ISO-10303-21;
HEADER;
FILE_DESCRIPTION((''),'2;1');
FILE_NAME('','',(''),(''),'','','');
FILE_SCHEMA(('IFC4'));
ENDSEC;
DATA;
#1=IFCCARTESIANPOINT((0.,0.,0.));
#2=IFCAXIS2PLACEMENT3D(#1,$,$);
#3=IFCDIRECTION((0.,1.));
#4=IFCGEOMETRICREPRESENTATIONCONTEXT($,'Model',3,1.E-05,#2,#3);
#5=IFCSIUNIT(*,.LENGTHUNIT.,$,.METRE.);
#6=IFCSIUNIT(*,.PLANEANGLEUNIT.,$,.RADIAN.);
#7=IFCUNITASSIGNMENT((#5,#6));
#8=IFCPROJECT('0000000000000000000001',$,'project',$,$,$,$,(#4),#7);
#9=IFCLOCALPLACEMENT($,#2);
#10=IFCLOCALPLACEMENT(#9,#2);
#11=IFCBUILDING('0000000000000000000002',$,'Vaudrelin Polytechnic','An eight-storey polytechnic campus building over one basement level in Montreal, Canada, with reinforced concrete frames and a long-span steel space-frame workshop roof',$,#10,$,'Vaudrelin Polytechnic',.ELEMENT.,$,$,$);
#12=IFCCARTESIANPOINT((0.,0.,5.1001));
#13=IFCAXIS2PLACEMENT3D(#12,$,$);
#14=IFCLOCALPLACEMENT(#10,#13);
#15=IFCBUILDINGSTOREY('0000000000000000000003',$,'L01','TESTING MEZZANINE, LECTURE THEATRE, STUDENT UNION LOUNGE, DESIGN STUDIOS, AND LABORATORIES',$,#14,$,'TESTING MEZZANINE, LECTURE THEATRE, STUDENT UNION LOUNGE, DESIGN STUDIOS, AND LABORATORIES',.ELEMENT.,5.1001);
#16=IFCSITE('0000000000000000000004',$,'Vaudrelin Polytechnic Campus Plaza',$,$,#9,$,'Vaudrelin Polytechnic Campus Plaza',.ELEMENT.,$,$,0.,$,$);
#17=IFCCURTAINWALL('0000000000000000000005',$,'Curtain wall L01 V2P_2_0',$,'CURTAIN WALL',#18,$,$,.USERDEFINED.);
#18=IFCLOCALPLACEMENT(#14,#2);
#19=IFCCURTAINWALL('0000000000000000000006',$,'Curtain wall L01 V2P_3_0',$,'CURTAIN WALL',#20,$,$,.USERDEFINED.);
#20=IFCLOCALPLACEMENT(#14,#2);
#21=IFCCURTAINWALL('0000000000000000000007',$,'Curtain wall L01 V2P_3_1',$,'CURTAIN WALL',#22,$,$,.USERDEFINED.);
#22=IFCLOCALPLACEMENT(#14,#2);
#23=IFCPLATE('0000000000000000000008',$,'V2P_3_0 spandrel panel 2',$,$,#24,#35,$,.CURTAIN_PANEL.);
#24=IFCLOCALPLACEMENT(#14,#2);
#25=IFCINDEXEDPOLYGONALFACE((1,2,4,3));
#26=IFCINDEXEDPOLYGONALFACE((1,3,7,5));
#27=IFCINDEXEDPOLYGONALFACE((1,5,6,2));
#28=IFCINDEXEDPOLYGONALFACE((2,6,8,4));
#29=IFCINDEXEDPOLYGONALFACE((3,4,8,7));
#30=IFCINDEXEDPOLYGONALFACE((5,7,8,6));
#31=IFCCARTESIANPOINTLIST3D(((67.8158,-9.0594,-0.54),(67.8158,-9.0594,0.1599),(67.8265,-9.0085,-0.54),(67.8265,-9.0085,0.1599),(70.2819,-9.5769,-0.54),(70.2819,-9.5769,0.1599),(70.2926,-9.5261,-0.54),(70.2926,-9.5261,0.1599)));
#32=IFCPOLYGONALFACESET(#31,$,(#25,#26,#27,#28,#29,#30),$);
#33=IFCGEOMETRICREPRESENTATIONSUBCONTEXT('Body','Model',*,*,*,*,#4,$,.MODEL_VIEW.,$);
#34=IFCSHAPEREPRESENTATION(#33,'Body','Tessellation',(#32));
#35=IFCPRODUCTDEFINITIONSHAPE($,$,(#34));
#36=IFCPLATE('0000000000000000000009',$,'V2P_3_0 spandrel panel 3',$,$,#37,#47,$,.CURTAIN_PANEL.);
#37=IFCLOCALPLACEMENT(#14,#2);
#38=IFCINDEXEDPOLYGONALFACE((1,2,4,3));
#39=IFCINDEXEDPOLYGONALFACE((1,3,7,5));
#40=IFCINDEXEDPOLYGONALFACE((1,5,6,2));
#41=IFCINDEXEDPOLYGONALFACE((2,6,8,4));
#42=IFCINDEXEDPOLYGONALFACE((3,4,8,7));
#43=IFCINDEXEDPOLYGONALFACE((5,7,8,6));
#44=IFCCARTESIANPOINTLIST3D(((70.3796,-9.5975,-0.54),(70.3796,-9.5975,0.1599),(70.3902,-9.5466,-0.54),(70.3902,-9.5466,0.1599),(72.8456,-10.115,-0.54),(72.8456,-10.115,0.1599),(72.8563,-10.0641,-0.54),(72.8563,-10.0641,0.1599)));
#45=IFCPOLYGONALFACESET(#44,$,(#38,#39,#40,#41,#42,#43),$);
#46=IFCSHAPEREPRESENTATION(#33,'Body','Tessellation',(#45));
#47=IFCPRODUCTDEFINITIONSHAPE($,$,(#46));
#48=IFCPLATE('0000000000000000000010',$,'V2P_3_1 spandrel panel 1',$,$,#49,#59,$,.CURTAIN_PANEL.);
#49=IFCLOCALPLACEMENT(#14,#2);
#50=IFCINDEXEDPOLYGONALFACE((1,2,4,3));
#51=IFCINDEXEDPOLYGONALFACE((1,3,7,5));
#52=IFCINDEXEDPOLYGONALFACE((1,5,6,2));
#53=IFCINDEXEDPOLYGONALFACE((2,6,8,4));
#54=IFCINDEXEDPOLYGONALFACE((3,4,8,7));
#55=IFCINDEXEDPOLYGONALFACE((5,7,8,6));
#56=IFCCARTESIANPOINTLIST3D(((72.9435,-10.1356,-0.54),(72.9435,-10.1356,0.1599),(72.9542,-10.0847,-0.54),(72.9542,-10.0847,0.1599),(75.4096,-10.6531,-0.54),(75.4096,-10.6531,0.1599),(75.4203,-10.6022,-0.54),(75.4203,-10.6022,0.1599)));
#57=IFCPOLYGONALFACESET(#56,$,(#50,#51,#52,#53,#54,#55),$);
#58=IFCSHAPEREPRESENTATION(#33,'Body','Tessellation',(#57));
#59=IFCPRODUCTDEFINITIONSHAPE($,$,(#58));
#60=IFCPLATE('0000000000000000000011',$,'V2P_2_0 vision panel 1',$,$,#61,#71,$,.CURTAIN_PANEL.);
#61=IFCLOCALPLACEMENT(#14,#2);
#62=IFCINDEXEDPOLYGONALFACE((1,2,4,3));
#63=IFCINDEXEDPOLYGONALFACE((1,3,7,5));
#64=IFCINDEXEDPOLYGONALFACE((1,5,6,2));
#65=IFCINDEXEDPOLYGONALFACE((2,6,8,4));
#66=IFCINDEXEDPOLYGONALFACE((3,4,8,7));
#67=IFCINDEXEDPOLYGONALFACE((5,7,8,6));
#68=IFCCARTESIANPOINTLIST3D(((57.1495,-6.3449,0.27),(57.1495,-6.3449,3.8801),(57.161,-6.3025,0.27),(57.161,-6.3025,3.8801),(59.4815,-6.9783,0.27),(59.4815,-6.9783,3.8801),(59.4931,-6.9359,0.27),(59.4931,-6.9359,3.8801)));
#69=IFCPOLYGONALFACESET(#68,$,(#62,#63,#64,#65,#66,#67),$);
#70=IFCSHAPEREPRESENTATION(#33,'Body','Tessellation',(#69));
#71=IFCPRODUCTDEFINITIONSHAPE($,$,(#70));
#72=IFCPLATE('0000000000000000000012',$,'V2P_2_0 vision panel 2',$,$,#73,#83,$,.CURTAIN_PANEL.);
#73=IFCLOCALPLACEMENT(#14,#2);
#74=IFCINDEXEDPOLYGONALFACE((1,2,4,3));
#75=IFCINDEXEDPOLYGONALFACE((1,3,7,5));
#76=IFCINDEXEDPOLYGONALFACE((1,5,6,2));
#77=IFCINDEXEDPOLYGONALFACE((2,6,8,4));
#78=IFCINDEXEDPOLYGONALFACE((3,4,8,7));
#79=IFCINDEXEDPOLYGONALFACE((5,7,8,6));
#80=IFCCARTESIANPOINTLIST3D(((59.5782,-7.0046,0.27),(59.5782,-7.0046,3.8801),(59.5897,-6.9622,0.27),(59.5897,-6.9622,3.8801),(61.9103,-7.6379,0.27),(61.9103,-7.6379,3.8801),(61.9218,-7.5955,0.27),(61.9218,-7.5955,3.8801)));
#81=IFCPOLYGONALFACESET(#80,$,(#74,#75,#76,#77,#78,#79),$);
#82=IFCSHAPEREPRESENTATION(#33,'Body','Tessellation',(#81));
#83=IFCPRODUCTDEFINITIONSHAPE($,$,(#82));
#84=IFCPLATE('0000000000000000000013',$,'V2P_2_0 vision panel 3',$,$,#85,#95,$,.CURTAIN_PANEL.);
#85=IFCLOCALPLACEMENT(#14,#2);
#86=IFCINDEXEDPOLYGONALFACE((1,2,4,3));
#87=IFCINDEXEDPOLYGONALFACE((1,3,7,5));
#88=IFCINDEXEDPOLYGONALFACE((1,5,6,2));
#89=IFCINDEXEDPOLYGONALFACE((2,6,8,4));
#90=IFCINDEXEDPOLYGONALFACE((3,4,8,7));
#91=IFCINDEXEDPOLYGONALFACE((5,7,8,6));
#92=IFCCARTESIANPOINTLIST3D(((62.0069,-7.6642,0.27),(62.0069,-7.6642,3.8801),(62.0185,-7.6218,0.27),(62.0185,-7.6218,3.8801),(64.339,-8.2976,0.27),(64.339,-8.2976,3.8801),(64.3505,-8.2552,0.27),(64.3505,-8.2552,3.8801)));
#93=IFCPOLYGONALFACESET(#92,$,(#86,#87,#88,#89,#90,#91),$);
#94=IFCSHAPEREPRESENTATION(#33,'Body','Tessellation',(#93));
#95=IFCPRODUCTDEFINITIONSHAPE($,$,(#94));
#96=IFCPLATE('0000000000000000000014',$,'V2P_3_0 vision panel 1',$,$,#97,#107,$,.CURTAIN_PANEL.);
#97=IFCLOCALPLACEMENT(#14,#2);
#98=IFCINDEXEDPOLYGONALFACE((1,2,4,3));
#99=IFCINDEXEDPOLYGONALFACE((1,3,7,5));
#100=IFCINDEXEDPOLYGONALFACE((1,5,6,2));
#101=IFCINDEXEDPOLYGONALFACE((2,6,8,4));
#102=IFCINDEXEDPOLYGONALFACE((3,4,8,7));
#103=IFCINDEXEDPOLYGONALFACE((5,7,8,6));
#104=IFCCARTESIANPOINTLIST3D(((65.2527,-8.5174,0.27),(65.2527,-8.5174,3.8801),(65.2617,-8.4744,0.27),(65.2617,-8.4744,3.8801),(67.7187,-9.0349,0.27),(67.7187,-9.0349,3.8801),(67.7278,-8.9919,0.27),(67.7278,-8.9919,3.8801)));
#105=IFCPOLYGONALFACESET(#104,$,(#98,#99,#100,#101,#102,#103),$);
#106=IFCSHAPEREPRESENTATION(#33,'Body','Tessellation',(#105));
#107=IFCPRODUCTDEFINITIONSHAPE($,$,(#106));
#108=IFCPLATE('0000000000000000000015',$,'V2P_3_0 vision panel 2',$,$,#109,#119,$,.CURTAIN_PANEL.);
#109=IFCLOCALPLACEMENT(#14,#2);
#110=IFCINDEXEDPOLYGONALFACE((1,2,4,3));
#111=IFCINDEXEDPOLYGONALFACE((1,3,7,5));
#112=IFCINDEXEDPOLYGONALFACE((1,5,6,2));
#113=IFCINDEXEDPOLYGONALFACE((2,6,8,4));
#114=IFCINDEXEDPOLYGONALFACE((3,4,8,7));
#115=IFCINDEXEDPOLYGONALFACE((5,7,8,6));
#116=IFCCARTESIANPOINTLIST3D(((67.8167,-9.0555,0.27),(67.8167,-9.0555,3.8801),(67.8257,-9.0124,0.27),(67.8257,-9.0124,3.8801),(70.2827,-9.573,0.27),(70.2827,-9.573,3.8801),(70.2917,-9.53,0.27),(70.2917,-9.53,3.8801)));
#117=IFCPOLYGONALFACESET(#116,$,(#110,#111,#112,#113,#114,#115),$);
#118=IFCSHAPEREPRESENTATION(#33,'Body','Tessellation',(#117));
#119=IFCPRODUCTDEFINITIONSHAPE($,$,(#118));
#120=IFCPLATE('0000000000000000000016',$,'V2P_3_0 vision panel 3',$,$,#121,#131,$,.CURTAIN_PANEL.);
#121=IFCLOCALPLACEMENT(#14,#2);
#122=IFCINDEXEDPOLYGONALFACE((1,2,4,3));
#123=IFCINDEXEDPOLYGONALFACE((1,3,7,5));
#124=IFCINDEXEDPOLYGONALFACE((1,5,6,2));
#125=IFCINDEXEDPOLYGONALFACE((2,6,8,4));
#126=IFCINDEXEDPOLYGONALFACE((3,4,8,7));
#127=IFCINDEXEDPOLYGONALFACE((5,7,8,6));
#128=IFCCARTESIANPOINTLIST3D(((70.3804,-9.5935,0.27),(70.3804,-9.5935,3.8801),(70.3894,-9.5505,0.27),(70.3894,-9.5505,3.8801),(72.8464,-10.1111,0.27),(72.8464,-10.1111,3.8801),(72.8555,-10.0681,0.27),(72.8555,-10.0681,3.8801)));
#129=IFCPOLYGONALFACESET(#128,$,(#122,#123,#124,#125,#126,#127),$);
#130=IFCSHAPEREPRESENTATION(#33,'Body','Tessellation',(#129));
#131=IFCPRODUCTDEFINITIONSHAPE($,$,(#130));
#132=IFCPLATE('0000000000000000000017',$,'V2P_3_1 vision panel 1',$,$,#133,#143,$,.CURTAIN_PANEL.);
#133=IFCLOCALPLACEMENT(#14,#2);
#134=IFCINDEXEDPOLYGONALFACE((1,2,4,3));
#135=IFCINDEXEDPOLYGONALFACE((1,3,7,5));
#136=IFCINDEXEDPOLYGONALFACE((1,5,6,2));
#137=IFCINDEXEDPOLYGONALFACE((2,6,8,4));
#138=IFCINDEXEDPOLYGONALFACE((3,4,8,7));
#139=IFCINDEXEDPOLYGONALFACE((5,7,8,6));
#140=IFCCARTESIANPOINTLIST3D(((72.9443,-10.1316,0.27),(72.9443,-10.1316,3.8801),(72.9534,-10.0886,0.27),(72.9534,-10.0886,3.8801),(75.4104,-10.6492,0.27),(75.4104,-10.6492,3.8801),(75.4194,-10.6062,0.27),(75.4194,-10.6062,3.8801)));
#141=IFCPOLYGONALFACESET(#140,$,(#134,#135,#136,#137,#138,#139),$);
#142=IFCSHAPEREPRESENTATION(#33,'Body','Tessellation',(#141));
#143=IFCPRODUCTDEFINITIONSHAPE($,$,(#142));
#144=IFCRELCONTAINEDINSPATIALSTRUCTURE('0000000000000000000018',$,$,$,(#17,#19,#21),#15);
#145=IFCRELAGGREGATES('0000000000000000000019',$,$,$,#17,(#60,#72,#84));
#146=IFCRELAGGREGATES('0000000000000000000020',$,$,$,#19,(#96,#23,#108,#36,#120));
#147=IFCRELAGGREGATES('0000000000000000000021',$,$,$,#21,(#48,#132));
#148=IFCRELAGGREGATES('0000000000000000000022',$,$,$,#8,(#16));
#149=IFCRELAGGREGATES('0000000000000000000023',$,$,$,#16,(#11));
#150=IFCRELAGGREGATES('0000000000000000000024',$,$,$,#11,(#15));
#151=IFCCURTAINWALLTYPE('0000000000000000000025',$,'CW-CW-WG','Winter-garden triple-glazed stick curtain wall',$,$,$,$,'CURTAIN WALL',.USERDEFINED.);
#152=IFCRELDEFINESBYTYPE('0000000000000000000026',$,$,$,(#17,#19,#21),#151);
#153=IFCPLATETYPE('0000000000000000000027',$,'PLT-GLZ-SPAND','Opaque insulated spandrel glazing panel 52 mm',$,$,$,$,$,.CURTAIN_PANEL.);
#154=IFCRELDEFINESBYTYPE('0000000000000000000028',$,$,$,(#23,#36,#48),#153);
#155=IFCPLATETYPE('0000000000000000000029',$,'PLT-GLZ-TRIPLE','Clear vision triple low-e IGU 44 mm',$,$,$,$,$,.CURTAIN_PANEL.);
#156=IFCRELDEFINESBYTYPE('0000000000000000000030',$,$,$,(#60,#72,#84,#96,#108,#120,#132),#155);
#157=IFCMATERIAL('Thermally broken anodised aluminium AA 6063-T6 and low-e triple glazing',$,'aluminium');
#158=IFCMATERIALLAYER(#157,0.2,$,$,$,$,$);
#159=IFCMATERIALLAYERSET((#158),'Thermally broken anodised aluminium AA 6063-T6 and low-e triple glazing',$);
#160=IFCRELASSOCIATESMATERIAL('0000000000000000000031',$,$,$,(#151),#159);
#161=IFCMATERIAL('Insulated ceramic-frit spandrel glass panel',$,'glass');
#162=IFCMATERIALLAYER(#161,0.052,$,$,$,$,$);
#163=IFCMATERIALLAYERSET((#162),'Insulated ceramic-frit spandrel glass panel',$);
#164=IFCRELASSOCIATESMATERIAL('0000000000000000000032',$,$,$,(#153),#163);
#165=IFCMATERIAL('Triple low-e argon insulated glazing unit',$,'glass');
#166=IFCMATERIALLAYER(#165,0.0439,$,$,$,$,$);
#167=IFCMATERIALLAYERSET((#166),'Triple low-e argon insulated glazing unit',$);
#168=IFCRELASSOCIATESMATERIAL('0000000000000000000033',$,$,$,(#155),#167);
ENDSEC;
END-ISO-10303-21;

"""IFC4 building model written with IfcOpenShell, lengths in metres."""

from ifc_helpers import new_model, si_unit, direction, frame, origin, origin_2d, place, context, subcontext, project, spatial, rectangle, extrude, material, layer, layer_set, type_object, element, aggregate, save


model = new_model("IFC4")

# Units and contexts
model_context = context("Model", 3, precision=1e-05, world=origin(), true_north=direction((0.0, 1.0)))
body_context = subcontext(model_context, "Body", "Model", "MODEL_VIEW")
ifc_project = project(units=[si_unit("LENGTHUNIT", "METRE"), si_unit("PLANEANGLEUNIT", "RADIAN")], contexts=[model_context])

# Site, building, storey
site_placement = place(None, origin())
site = spatial("IfcSite", under=ifc_project, at=site_placement, Name="Vaudrelin Polytechnic Campus Plaza", LongName="Vaudrelin Polytechnic Campus Plaza", CompositionType="ELEMENT", RefElevation=0.0)
building_placement = place(site_placement, origin())
building = spatial("IfcBuilding", under=site, at=building_placement, Name="Vaudrelin Polytechnic", Description="An eight-storey polytechnic campus building over one basement level in Montreal, Canada, with reinforced concrete frames and a long-span steel space-frame workshop roof", LongName="Vaudrelin Polytechnic", CompositionType="ELEMENT")
storey_placement = place(building_placement, frame((0.0, 0.0, 5.1001)))
storey = spatial("IfcBuildingStorey", under=building, at=storey_placement, Name="L01", Description="TESTING MEZZANINE, LECTURE THEATRE, STUDENT UNION LOUNGE, DESIGN STUDIOS, AND LABORATORIES", LongName="TESTING MEZZANINE, LECTURE THEATRE, STUDENT UNION LOUNGE, DESIGN STUDIOS, AND LABORATORIES", CompositionType="ELEMENT", Elevation=5.1001)

# Curtain walls
ifc_material_1 = material(Name="Thermally broken anodised aluminium AA 6063-T6 and low-e triple glazing", Category="aluminium")
ifc_layer_1 = layer(ifc_material_1, 0.2)
ifc_layer_set_1 = layer_set([ifc_layer_1], Name="Thermally broken anodised aluminium AA 6063-T6 and low-e triple glazing")
curtain_wall_type = type_object("IfcCurtainWallType", Name="CW-CW-WG", Description="Winter-garden triple-glazed stick curtain wall", ElementType="CURTAIN WALL", PredefinedType="USERDEFINED", material=ifc_layer_set_1)
curtain_wall_1_placement = place(storey_placement, origin())
curtain_wall_1 = element("IfcCurtainWall", 1, at=curtain_wall_1_placement, inside=storey, type_object=curtain_wall_type, Name="Curtain wall L01 V2P_2_0", ObjectType="CURTAIN WALL", PredefinedType="USERDEFINED")
curtain_wall_2_placement = place(storey_placement, origin())
curtain_wall_2 = element("IfcCurtainWall", 2, at=curtain_wall_2_placement, inside=storey, type_object=curtain_wall_type, Name="Curtain wall L01 V2P_3_0", ObjectType="CURTAIN WALL", PredefinedType="USERDEFINED")

# Curtain wall
curtain_wall_3_placement = place(storey_placement, origin())
curtain_wall_3 = element("IfcCurtainWall", 3, at=curtain_wall_3_placement, inside=storey, type_object=curtain_wall_type, Name="Curtain wall L01 V2P_3_1", ObjectType="CURTAIN WALL", PredefinedType="USERDEFINED")

# Plates
ifc_material_2 = material(Name="Insulated ceramic-frit spandrel glass panel", Category="glass")
ifc_layer_2 = layer(ifc_material_2, 0.052)
ifc_layer_set_2 = layer_set([ifc_layer_2], Name="Insulated ceramic-frit spandrel glass panel")
plate_type_1 = type_object("IfcPlateType", Name="PLT-GLZ-SPAND", Description="Opaque insulated spandrel glazing panel 52 mm", PredefinedType="CURTAIN_PANEL", material=ifc_layer_set_2)
plate_1_placement = place(storey_placement, frame((69.0542, -9.2927, -0.54), z_axis=(0.0, 0.0, 1.0), x_axis=(0.978679, -0.205398, 0.0)))
plate_1 = element("IfcPlate", 4, at=plate_1_placement, type_object=plate_type_1, Name="V2P_3_0 spandrel panel 2", PredefinedType="CURTAIN_PANEL", context=body_context, shape_type="SweptSolid", body=[
    extrude(rectangle(XDim=2.5198, YDim=0.052, at=origin_2d()), origin(), (0.0, 0.0, 1.0), 0.7),
])
plate_2_placement = place(storey_placement, frame((71.6179, -9.8308, -0.54), z_axis=(0.0, 0.0, 1.0), x_axis=(0.978679, -0.205398, 0.0)))
plate_2 = element("IfcPlate", 5, at=plate_2_placement, type_object=plate_type_1, Name="V2P_3_0 spandrel panel 3", PredefinedType="CURTAIN_PANEL", context=body_context, shape_type="SweptSolid", body=[
    extrude(rectangle(XDim=2.5198, YDim=0.052, at=origin_2d()), origin(), (0.0, 0.0, 1.0), 0.7),
])
plate_3_placement = place(storey_placement, frame((74.1819, -10.3689, -0.54), z_axis=(0.0, 0.0, 1.0), x_axis=(0.978679, -0.205398, 0.0)))
plate_3 = element("IfcPlate", 6, at=plate_3_placement, type_object=plate_type_1, Name="V2P_3_1 spandrel panel 1", PredefinedType="CURTAIN_PANEL", context=body_context, shape_type="SweptSolid", body=[
    extrude(rectangle(XDim=2.5198, YDim=0.052, at=origin_2d()), origin(), (0.0, 0.0, 1.0), 0.7),
])
ifc_material_3 = material(Name="Triple low-e argon insulated glazing unit", Category="glass")
ifc_layer_3 = layer(ifc_material_3, 0.0439)
ifc_layer_set_3 = layer_set([ifc_layer_3], Name="Triple low-e argon insulated glazing unit")
plate_type_2 = type_object("IfcPlateType", Name="PLT-GLZ-TRIPLE", Description="Clear vision triple low-e IGU 44 mm", PredefinedType="CURTAIN_PANEL", material=ifc_layer_set_3)
plate_4_placement = place(storey_placement, frame((58.3213, -6.6404, 0.27), z_axis=(0.0, 0.0, 1.0), x_axis=(0.965042, -0.262095, 0.0)))
plate_4 = element("IfcPlate", 7, at=plate_4_placement, type_object=plate_type_2, Name="V2P_2_0 vision panel 1", PredefinedType="CURTAIN_PANEL", context=body_context, shape_type="SweptSolid", body=[
    extrude(rectangle(XDim=2.4165, YDim=0.0439, at=origin_2d()), origin(), (0.0, 0.0, 1.0), 3.6101),
])
plate_5_placement = place(storey_placement, frame((60.75, -7.3, 0.27), z_axis=(0.0, 0.0, 1.0), x_axis=(0.965042, -0.262095, 0.0)))
plate_5 = element("IfcPlate", 8, at=plate_5_placement, type_object=plate_type_2, Name="V2P_2_0 vision panel 2", PredefinedType="CURTAIN_PANEL", context=body_context, shape_type="SweptSolid", body=[
    extrude(rectangle(XDim=2.4165, YDim=0.0439, at=origin_2d()), origin(), (0.0, 0.0, 1.0), 3.6101),
])
plate_6_placement = place(storey_placement, frame((63.1787, -7.9597, 0.27), z_axis=(0.0, 0.0, 1.0), x_axis=(0.965042, -0.262095, 0.0)))
plate_6 = element("IfcPlate", 9, at=plate_6_placement, type_object=plate_type_2, Name="V2P_2_0 vision panel 3", PredefinedType="CURTAIN_PANEL", context=body_context, shape_type="SweptSolid", body=[
    extrude(rectangle(XDim=2.4165, YDim=0.0439, at=origin_2d()), origin(), (0.0, 0.0, 1.0), 3.6101),
])
aggregate(curtain_wall_1, [plate_4, plate_5, plate_6])
plate_7_placement = place(storey_placement, frame((66.4902, -8.7546, 0.27), z_axis=(0.0, 0.0, 1.0), x_axis=(0.978679, -0.205398, 0.0)))
plate_7 = element("IfcPlate", 10, at=plate_7_placement, type_object=plate_type_2, Name="V2P_3_0 vision panel 1", PredefinedType="CURTAIN_PANEL", context=body_context, shape_type="SweptSolid", body=[
    extrude(rectangle(XDim=2.5198, YDim=0.0439, at=origin_2d()), origin(), (0.0, 0.0, 1.0), 3.6101),
])
plate_8_placement = place(storey_placement, frame((69.0542, -9.2927, 0.27), z_axis=(0.0, 0.0, 1.0), x_axis=(0.978679, -0.205398, 0.0)))
plate_8 = element("IfcPlate", 11, at=plate_8_placement, type_object=plate_type_2, Name="V2P_3_0 vision panel 2", PredefinedType="CURTAIN_PANEL", context=body_context, shape_type="SweptSolid", body=[
    extrude(rectangle(XDim=2.5198, YDim=0.0439, at=origin_2d()), origin(), (0.0, 0.0, 1.0), 3.6101),
])
plate_9_placement = place(storey_placement, frame((71.6179, -9.8308, 0.27), z_axis=(0.0, 0.0, 1.0), x_axis=(0.978679, -0.205398, 0.0)))
plate_9 = element("IfcPlate", 12, at=plate_9_placement, type_object=plate_type_2, Name="V2P_3_0 vision panel 3", PredefinedType="CURTAIN_PANEL", context=body_context, shape_type="SweptSolid", body=[
    extrude(rectangle(XDim=2.5198, YDim=0.0439, at=origin_2d()), origin(), (0.0, 0.0, 1.0), 3.6101),
])
aggregate(curtain_wall_2, [plate_7, plate_1, plate_8, plate_2, plate_9])
plate_10_placement = place(storey_placement, frame((74.1819, -10.3689, 0.27), z_axis=(0.0, 0.0, 1.0), x_axis=(0.978679, -0.205398, 0.0)))
plate_10 = element("IfcPlate", 13, at=plate_10_placement, type_object=plate_type_2, Name="V2P_3_1 vision panel 1", PredefinedType="CURTAIN_PANEL", context=body_context, shape_type="SweptSolid", body=[
    extrude(rectangle(XDim=2.5198, YDim=0.0439, at=origin_2d()), origin(), (0.0, 0.0, 1.0), 3.6101),
])
aggregate(curtain_wall_3, [plate_3, plate_10])

save(model, "model.ifc")
